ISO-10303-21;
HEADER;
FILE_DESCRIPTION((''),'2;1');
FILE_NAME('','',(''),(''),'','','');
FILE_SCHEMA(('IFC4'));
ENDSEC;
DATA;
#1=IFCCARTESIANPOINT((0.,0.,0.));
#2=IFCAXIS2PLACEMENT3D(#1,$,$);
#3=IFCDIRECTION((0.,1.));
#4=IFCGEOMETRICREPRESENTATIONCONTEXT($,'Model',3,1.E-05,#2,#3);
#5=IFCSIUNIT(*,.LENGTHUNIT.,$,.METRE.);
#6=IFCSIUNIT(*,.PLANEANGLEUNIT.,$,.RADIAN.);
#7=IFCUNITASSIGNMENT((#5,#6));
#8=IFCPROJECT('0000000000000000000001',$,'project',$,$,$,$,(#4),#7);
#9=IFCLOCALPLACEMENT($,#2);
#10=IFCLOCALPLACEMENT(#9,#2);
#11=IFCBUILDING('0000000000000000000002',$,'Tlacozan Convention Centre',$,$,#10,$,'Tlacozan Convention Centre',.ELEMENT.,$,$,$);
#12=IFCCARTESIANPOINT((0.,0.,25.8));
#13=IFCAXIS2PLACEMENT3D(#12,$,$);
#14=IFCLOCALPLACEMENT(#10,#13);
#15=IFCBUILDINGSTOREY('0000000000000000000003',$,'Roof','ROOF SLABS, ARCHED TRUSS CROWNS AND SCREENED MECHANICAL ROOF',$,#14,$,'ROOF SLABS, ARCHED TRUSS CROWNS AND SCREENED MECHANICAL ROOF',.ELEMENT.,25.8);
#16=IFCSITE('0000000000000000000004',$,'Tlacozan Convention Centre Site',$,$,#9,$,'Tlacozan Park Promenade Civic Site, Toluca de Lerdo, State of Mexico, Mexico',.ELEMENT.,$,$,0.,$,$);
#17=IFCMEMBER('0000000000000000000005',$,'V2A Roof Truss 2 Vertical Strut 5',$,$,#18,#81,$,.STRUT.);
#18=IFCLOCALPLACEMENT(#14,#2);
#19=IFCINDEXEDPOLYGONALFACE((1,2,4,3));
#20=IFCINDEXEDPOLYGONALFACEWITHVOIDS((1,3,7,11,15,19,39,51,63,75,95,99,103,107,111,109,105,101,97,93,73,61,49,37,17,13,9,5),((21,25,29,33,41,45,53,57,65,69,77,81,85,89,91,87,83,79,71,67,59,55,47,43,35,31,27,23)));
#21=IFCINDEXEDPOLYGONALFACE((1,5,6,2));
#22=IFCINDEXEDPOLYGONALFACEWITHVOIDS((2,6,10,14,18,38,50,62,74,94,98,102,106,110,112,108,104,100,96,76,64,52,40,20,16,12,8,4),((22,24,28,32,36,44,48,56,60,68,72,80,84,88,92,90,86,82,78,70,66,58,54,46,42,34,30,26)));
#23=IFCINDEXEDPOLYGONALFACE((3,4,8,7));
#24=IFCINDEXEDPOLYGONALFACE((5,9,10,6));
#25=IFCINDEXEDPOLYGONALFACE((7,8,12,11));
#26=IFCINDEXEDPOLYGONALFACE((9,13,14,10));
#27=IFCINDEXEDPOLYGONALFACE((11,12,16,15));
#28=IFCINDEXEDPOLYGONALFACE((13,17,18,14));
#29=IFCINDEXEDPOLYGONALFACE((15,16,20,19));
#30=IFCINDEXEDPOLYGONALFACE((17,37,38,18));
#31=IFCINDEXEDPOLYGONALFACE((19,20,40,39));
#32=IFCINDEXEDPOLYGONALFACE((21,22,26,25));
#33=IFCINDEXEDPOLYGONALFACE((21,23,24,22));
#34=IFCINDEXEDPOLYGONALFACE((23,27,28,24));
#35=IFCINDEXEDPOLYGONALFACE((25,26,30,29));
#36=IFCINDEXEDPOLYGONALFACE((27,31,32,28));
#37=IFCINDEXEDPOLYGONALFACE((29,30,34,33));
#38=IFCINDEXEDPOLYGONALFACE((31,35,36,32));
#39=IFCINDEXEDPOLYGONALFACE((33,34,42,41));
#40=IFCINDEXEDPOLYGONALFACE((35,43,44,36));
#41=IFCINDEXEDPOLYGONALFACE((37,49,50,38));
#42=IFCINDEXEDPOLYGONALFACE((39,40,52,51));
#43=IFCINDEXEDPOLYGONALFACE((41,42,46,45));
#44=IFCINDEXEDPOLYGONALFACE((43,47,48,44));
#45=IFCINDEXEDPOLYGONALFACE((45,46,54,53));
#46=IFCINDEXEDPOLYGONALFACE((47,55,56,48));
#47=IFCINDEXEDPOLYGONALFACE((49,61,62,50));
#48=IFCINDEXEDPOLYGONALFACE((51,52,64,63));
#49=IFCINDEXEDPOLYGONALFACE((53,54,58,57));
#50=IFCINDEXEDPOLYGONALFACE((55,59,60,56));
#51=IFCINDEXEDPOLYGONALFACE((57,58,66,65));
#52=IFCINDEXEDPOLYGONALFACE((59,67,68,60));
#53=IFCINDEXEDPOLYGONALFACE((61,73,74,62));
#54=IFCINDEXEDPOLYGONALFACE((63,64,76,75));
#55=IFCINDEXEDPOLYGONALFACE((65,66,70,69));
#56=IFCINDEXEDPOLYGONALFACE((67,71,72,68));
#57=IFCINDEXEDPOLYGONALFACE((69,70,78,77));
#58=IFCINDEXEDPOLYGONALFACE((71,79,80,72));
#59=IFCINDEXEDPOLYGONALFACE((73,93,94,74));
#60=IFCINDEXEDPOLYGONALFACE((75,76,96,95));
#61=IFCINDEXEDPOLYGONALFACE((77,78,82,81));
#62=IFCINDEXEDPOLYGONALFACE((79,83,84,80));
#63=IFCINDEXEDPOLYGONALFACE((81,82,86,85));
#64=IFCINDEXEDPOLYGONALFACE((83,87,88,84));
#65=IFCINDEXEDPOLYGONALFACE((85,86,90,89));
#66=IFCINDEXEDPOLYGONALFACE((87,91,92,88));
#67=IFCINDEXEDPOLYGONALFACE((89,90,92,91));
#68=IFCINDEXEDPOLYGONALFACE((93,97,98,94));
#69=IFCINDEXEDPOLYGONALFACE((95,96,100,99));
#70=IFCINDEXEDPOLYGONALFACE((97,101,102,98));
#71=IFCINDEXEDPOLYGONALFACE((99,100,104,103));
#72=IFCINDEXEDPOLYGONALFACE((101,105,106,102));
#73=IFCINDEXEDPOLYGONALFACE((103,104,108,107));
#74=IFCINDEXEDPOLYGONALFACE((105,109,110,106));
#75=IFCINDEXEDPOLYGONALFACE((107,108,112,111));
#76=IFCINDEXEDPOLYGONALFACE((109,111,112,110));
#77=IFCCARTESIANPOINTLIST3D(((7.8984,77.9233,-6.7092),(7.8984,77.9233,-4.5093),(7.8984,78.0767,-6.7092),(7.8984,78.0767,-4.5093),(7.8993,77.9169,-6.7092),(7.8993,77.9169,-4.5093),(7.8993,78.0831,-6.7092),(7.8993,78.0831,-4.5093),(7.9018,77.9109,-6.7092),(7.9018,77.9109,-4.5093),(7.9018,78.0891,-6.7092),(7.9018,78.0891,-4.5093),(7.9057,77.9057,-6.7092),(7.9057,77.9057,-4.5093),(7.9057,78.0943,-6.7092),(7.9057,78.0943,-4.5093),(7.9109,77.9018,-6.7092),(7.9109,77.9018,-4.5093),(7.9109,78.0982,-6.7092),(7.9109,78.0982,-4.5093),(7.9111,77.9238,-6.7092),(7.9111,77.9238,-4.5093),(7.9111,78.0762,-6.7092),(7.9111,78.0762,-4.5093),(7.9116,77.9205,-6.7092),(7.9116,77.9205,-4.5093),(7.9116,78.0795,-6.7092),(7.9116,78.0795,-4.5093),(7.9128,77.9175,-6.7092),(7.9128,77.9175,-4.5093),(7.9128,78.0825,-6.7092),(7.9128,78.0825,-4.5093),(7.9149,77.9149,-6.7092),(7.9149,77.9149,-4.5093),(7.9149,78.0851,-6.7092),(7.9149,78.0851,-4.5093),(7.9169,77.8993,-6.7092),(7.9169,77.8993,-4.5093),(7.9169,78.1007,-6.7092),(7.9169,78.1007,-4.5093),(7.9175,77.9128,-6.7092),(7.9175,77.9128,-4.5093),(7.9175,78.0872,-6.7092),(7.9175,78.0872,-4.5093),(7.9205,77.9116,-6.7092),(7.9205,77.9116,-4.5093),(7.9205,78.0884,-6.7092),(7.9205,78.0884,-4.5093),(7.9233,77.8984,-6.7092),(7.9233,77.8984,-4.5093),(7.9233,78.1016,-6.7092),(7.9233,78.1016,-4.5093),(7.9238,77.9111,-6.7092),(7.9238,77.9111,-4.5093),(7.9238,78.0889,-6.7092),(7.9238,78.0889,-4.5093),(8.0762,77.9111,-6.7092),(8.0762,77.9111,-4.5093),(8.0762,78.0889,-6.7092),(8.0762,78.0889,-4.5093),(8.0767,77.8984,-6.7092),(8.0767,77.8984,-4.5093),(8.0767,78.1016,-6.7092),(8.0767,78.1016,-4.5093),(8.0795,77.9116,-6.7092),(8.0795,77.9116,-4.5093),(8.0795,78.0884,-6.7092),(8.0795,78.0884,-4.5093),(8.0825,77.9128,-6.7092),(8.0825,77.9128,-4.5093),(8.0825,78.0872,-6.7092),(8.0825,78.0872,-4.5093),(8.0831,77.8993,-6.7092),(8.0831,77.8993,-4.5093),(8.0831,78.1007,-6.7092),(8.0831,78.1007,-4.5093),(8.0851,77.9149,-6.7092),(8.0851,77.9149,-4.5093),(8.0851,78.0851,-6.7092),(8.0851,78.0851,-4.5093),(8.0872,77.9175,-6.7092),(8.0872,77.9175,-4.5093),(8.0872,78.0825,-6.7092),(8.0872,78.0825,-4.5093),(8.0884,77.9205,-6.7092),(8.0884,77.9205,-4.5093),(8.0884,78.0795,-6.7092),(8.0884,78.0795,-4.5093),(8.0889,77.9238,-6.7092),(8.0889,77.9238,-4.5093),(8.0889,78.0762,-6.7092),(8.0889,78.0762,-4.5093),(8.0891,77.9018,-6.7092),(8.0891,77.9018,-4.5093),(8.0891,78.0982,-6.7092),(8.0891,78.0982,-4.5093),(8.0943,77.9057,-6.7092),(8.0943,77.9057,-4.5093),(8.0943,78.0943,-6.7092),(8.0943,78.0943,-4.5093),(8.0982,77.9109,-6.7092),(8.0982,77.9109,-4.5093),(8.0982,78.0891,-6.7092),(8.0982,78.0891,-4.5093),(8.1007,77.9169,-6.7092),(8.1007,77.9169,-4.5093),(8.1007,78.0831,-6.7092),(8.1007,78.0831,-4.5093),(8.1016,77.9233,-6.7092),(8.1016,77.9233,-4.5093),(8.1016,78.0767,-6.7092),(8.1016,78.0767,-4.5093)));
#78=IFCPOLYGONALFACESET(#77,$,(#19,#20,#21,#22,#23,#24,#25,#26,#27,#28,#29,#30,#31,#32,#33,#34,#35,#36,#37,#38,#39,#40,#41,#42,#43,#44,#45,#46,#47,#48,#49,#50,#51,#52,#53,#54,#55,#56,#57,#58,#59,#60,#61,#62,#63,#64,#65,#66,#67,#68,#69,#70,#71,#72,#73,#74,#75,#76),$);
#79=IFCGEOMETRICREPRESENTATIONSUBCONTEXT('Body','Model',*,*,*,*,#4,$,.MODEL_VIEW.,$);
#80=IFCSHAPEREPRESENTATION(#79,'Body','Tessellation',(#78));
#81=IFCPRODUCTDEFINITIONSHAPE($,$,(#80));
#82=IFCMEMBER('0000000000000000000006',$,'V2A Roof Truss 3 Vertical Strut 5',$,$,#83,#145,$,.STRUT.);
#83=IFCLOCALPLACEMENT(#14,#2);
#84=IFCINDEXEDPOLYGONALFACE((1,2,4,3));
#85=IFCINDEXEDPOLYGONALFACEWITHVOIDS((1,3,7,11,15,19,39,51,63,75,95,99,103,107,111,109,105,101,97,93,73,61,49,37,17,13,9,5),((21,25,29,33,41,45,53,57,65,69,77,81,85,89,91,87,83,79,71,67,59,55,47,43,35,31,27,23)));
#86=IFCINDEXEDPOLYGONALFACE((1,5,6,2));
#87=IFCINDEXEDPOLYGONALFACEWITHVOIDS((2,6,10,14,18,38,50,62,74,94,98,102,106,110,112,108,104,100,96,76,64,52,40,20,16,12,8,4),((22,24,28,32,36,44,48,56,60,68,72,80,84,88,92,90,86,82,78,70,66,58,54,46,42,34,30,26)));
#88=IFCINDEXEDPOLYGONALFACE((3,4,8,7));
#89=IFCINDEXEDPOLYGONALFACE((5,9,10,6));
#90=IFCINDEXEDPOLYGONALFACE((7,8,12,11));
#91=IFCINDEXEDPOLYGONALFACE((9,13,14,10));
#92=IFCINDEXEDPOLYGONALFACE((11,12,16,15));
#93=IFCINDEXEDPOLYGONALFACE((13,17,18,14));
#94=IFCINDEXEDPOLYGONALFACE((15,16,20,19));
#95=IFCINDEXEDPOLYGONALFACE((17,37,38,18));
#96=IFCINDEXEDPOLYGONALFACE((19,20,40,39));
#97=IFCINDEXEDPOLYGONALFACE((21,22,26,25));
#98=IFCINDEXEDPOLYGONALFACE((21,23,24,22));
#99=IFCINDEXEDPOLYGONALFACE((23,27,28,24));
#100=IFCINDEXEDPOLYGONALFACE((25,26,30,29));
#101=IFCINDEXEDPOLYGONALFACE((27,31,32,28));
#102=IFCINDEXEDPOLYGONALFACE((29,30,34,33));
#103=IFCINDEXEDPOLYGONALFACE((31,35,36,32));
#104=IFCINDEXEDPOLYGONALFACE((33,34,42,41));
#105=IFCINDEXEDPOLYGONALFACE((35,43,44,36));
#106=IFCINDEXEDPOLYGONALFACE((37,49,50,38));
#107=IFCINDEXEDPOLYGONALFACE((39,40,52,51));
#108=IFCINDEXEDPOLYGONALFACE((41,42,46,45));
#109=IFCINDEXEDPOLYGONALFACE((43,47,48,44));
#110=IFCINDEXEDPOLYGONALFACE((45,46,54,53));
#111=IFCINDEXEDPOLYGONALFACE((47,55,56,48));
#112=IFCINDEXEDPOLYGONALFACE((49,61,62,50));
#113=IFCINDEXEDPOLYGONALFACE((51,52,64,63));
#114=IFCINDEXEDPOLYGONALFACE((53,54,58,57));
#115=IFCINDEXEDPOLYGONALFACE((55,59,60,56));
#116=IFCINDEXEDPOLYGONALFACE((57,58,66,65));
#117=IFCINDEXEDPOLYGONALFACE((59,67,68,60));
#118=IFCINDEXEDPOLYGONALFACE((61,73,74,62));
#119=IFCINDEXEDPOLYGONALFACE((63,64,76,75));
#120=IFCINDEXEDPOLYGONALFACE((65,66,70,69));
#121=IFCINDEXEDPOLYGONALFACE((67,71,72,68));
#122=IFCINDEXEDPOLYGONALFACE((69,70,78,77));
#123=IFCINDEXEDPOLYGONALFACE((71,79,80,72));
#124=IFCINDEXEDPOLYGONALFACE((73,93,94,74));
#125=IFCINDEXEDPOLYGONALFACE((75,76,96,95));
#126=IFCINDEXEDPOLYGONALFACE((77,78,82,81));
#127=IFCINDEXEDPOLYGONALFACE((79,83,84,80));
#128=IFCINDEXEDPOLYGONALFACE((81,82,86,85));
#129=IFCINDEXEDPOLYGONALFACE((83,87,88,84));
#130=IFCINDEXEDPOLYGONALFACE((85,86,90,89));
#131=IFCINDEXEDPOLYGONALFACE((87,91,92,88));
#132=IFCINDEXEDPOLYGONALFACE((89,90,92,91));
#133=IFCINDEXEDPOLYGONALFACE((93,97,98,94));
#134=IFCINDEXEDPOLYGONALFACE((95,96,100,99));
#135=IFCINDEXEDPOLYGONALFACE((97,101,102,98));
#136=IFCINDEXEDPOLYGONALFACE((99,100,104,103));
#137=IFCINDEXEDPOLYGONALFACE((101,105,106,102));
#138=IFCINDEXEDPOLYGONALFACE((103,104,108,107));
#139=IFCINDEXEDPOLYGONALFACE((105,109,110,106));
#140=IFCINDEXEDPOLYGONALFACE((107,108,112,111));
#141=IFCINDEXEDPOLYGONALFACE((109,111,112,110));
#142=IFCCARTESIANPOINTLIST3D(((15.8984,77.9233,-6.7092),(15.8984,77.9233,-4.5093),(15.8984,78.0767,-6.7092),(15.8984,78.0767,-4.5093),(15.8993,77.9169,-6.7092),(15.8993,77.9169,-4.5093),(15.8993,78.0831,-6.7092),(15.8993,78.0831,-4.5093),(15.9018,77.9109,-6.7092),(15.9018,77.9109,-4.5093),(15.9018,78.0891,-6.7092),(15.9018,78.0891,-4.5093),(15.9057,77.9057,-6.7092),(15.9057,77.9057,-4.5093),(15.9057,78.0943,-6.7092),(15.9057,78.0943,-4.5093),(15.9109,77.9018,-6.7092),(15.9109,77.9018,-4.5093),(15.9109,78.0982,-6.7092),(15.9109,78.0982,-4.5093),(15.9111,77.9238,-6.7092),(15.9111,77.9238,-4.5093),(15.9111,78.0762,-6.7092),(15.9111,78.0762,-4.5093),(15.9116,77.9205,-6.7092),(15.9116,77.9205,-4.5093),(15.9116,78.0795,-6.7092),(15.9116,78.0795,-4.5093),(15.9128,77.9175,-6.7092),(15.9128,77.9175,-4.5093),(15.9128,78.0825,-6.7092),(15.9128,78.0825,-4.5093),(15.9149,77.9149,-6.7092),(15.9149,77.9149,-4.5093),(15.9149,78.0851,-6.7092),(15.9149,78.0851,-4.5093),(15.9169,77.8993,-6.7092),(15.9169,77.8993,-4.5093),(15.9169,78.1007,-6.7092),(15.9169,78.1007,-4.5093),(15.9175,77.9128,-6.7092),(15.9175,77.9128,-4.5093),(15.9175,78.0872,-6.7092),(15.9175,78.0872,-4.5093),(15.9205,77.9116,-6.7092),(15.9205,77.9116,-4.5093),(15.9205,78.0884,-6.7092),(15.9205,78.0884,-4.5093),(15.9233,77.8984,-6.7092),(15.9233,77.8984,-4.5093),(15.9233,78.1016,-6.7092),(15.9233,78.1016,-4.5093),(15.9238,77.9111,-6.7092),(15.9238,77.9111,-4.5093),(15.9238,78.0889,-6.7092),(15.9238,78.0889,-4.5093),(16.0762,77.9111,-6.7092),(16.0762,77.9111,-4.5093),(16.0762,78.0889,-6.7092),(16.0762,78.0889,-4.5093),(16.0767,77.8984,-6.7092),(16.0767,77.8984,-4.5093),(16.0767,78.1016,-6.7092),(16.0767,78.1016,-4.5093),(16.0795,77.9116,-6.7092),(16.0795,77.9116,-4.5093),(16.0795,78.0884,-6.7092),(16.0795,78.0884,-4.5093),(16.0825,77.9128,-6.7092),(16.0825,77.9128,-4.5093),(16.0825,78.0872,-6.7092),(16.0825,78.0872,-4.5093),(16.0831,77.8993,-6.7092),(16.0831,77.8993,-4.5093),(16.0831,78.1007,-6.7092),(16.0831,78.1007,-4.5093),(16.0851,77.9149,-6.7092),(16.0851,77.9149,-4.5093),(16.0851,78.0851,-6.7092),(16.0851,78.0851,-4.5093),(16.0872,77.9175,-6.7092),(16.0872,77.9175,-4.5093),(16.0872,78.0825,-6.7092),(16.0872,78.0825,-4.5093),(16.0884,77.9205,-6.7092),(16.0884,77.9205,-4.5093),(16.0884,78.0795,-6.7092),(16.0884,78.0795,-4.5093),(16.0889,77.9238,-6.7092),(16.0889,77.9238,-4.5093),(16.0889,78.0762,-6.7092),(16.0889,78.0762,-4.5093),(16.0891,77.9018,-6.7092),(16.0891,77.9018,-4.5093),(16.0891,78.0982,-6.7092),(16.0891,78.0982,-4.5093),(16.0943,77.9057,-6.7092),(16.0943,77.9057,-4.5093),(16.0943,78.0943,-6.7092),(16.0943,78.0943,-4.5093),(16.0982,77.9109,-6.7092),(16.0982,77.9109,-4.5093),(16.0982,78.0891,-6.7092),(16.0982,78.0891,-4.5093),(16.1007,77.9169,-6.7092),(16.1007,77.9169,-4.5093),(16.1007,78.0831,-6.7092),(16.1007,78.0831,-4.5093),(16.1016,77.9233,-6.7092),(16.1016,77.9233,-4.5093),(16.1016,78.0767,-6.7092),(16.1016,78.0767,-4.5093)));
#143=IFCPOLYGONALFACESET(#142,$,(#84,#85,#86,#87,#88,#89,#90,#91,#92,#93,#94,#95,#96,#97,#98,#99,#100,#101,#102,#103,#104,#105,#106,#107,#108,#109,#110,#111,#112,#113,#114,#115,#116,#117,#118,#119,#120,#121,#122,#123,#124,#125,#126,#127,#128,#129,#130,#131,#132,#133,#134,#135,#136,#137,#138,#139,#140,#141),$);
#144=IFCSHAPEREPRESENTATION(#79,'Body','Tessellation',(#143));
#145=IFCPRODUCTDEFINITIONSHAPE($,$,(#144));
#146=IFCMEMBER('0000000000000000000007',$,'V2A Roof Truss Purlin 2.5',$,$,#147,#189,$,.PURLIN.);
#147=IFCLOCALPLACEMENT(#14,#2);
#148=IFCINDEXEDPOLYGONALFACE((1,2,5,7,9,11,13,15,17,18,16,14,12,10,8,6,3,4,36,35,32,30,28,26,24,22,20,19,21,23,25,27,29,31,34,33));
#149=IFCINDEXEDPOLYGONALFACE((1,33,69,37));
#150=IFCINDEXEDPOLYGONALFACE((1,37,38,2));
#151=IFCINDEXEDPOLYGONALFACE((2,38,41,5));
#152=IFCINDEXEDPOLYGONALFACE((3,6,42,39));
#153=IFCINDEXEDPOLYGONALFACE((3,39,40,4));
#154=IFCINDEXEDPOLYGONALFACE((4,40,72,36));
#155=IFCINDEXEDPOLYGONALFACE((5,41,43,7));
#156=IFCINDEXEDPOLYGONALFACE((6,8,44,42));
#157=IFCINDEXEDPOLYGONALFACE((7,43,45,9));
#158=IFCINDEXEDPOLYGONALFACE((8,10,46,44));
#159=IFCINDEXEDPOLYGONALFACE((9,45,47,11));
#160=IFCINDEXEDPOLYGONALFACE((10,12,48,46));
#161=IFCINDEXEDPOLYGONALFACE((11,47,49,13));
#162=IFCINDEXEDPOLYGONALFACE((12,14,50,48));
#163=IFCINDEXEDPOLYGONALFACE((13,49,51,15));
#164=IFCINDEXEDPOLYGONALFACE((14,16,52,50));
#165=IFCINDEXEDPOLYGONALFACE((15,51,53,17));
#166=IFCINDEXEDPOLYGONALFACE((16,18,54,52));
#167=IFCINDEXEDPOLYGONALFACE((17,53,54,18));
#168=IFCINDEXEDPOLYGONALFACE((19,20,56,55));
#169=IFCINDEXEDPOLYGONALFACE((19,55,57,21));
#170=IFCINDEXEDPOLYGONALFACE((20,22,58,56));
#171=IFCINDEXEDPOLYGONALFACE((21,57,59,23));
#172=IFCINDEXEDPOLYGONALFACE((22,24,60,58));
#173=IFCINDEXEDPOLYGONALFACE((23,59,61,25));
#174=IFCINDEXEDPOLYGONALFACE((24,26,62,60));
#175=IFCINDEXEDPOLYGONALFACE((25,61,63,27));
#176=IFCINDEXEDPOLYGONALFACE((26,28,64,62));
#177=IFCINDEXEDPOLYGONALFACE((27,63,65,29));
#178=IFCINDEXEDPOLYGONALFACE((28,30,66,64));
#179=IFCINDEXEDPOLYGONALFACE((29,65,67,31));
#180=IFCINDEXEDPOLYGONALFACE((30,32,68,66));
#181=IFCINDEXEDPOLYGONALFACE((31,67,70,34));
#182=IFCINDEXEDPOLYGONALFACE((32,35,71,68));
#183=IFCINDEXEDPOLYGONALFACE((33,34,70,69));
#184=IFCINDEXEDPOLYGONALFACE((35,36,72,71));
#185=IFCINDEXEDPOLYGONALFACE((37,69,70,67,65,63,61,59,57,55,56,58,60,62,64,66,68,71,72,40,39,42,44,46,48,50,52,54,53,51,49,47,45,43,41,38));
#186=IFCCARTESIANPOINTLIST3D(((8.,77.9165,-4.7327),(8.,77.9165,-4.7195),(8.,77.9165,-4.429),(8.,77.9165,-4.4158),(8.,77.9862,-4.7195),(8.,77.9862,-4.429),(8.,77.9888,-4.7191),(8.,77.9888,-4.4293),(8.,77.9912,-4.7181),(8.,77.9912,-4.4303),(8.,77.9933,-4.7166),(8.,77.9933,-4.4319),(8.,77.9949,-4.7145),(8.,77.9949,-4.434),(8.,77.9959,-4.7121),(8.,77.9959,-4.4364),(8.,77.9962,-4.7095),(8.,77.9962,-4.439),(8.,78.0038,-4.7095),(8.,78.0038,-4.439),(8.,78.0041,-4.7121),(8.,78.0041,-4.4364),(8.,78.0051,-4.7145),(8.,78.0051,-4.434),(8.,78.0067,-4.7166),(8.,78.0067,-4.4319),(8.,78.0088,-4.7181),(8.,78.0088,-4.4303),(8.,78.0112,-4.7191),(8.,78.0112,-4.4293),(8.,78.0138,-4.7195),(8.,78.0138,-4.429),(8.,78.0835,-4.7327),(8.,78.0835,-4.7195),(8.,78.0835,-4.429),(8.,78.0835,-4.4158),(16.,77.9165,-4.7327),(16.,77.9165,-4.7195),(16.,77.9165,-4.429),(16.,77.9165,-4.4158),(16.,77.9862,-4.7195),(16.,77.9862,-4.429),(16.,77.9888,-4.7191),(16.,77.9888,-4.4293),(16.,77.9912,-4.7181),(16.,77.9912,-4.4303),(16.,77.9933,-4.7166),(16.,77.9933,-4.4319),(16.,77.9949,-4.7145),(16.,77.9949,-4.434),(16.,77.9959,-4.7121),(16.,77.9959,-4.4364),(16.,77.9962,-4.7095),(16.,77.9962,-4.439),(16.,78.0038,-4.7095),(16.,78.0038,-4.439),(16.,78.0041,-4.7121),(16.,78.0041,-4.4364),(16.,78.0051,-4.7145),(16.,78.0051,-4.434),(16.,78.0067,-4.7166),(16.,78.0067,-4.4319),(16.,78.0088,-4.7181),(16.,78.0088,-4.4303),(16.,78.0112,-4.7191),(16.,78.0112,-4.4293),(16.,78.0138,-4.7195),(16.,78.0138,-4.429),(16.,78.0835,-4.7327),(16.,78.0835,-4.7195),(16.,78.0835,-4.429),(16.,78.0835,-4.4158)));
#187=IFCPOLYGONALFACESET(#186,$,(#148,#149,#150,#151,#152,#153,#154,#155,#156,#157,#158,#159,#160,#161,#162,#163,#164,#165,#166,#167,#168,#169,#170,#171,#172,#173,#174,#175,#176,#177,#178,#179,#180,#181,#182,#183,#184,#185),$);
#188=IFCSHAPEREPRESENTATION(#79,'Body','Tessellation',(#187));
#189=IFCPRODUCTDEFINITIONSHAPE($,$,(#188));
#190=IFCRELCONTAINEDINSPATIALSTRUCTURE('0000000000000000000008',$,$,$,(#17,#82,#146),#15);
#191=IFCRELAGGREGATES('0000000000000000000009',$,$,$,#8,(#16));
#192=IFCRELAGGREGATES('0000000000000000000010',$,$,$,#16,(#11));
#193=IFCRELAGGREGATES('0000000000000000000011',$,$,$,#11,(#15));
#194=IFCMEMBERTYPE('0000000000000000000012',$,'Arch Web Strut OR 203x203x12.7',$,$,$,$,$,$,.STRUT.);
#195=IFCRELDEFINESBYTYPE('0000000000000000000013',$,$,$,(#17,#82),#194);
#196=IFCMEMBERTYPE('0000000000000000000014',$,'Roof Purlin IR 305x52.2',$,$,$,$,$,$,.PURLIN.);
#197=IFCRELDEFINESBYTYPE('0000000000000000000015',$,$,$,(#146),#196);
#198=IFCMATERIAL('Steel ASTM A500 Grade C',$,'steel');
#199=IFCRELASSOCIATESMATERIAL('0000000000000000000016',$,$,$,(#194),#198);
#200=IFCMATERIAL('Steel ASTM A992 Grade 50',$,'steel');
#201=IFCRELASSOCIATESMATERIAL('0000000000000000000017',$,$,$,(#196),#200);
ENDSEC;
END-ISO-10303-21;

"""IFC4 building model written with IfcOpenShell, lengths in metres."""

from ifc_helpers import new_model, si_unit, direction, frame, origin, origin_2d, place, context, subcontext, project, spatial, hollow_rectangle, i_section, extrude, material, material_profile, profile_set, type_object, element, save


model = new_model("IFC4")

# Units and contexts
model_context = context("Model", 3, precision=1e-05, world=origin(), true_north=direction((0.0, 1.0)))
body_context = subcontext(model_context, "Body", "Model", "MODEL_VIEW")
ifc_project = project(units=[si_unit("LENGTHUNIT", "METRE"), si_unit("PLANEANGLEUNIT", "RADIAN")], contexts=[model_context])

# Site, building, storey
site_placement = place(None, origin())
site = spatial("IfcSite", under=ifc_project, at=site_placement, Name="Tlacozan Convention Centre Site", LongName="Tlacozan Park Promenade Civic Site, Toluca de Lerdo, State of Mexico, Mexico", CompositionType="ELEMENT", RefElevation=0.0)
building_placement = place(site_placement, origin())
building = spatial("IfcBuilding", under=site, at=building_placement, Name="Tlacozan Convention Centre", LongName="Tlacozan Convention Centre", CompositionType="ELEMENT")
storey_placement = place(building_placement, frame((0.0, 0.0, 25.8)))
storey = spatial("IfcBuildingStorey", under=building, at=storey_placement, Name="Roof", Description="ROOF SLABS, ARCHED TRUSS CROWNS AND SCREENED MECHANICAL ROOF", LongName="ROOF SLABS, ARCHED TRUSS CROWNS AND SCREENED MECHANICAL ROOF", CompositionType="ELEMENT", Elevation=25.8)

# Members
ifc_material_1 = material(Name="Steel ASTM A500 Grade C", Category="steel")
ifc_material_profile_1 = material_profile(ifc_material_1, hollow_rectangle(XDim=0.2031, YDim=0.2031, WallThickness=0.0127, InnerFilletRadius=0.0127, OuterFilletRadius=0.0249, at=origin_2d()), Name="OR 203x203x12.7")
ifc_profile_set_1 = profile_set([ifc_material_profile_1], Name="Steel ASTM A500 Grade C")
member_type_1 = type_object("IfcMemberType", Name="Arch Web Strut OR 203x203x12.7", PredefinedType="STRUT", material=ifc_profile_set_1)
for number, where, z_axis, x_axis, name in (
    (1, (8.0, 78.0, -6.7092), (0.0, 0.0, 1.0), (1.0, 0.0, 0.0), "V2A Roof Truss 2 Vertical Strut 5"),
    (2, (16.0, 78.0, -6.7092), (0.0, 0.0, 1.0), (1.0, 0.0, 0.0), "V2A Roof Truss 3 Vertical Strut 5"),
):
    element("IfcMember", number, at=place(storey_placement, frame(where, z_axis=z_axis, x_axis=x_axis)), inside=storey, type_object=member_type_1, Name=name, PredefinedType="STRUT", context=body_context, shape_type="SweptSolid", body=[
        extrude(hollow_rectangle(XDim=0.2031, YDim=0.2031, WallThickness=0.0127, InnerFilletRadius=0.0127, OuterFilletRadius=0.0249, at=origin_2d()), origin(), (0.0, 0.0, 1.0), 2.2),
    ])
ifc_material_2 = material(Name="Steel ASTM A992 Grade 50", Category="steel")
ifc_material_profile_2 = material_profile(ifc_material_2, i_section(OverallWidth=0.167, OverallDepth=0.3169, WebThickness=0.0076, FlangeThickness=0.0132, FilletRadius=0.01, at=origin_2d()), Name="IR 305x52.2")
ifc_profile_set_2 = profile_set([ifc_material_profile_2], Name="Steel ASTM A992 Grade 50")
member_type_2 = type_object("IfcMemberType", Name="Roof Purlin IR 305x52.2", PredefinedType="PURLIN", material=ifc_profile_set_2)
for number, where, z_axis, x_axis, name in (
    (3, (8.0, 78.0, -4.5742), (1.0, 0.0, 0.0), (0.0, 1.0, 0.0), "V2A Roof Truss Purlin 2.5"),
):
    element("IfcMember", number, at=place(storey_placement, frame(where, z_axis=z_axis, x_axis=x_axis)), inside=storey, type_object=member_type_2, Name=name, PredefinedType="PURLIN", context=body_context, shape_type="SweptSolid", body=[
        extrude(i_section(OverallWidth=0.167, OverallDepth=0.3169, WebThickness=0.0076, FlangeThickness=0.0132, FilletRadius=0.01, at=origin_2d()), origin(), (0.0, 0.0, 1.0), 8.0),
    ])

save(model, "model.ifc")
